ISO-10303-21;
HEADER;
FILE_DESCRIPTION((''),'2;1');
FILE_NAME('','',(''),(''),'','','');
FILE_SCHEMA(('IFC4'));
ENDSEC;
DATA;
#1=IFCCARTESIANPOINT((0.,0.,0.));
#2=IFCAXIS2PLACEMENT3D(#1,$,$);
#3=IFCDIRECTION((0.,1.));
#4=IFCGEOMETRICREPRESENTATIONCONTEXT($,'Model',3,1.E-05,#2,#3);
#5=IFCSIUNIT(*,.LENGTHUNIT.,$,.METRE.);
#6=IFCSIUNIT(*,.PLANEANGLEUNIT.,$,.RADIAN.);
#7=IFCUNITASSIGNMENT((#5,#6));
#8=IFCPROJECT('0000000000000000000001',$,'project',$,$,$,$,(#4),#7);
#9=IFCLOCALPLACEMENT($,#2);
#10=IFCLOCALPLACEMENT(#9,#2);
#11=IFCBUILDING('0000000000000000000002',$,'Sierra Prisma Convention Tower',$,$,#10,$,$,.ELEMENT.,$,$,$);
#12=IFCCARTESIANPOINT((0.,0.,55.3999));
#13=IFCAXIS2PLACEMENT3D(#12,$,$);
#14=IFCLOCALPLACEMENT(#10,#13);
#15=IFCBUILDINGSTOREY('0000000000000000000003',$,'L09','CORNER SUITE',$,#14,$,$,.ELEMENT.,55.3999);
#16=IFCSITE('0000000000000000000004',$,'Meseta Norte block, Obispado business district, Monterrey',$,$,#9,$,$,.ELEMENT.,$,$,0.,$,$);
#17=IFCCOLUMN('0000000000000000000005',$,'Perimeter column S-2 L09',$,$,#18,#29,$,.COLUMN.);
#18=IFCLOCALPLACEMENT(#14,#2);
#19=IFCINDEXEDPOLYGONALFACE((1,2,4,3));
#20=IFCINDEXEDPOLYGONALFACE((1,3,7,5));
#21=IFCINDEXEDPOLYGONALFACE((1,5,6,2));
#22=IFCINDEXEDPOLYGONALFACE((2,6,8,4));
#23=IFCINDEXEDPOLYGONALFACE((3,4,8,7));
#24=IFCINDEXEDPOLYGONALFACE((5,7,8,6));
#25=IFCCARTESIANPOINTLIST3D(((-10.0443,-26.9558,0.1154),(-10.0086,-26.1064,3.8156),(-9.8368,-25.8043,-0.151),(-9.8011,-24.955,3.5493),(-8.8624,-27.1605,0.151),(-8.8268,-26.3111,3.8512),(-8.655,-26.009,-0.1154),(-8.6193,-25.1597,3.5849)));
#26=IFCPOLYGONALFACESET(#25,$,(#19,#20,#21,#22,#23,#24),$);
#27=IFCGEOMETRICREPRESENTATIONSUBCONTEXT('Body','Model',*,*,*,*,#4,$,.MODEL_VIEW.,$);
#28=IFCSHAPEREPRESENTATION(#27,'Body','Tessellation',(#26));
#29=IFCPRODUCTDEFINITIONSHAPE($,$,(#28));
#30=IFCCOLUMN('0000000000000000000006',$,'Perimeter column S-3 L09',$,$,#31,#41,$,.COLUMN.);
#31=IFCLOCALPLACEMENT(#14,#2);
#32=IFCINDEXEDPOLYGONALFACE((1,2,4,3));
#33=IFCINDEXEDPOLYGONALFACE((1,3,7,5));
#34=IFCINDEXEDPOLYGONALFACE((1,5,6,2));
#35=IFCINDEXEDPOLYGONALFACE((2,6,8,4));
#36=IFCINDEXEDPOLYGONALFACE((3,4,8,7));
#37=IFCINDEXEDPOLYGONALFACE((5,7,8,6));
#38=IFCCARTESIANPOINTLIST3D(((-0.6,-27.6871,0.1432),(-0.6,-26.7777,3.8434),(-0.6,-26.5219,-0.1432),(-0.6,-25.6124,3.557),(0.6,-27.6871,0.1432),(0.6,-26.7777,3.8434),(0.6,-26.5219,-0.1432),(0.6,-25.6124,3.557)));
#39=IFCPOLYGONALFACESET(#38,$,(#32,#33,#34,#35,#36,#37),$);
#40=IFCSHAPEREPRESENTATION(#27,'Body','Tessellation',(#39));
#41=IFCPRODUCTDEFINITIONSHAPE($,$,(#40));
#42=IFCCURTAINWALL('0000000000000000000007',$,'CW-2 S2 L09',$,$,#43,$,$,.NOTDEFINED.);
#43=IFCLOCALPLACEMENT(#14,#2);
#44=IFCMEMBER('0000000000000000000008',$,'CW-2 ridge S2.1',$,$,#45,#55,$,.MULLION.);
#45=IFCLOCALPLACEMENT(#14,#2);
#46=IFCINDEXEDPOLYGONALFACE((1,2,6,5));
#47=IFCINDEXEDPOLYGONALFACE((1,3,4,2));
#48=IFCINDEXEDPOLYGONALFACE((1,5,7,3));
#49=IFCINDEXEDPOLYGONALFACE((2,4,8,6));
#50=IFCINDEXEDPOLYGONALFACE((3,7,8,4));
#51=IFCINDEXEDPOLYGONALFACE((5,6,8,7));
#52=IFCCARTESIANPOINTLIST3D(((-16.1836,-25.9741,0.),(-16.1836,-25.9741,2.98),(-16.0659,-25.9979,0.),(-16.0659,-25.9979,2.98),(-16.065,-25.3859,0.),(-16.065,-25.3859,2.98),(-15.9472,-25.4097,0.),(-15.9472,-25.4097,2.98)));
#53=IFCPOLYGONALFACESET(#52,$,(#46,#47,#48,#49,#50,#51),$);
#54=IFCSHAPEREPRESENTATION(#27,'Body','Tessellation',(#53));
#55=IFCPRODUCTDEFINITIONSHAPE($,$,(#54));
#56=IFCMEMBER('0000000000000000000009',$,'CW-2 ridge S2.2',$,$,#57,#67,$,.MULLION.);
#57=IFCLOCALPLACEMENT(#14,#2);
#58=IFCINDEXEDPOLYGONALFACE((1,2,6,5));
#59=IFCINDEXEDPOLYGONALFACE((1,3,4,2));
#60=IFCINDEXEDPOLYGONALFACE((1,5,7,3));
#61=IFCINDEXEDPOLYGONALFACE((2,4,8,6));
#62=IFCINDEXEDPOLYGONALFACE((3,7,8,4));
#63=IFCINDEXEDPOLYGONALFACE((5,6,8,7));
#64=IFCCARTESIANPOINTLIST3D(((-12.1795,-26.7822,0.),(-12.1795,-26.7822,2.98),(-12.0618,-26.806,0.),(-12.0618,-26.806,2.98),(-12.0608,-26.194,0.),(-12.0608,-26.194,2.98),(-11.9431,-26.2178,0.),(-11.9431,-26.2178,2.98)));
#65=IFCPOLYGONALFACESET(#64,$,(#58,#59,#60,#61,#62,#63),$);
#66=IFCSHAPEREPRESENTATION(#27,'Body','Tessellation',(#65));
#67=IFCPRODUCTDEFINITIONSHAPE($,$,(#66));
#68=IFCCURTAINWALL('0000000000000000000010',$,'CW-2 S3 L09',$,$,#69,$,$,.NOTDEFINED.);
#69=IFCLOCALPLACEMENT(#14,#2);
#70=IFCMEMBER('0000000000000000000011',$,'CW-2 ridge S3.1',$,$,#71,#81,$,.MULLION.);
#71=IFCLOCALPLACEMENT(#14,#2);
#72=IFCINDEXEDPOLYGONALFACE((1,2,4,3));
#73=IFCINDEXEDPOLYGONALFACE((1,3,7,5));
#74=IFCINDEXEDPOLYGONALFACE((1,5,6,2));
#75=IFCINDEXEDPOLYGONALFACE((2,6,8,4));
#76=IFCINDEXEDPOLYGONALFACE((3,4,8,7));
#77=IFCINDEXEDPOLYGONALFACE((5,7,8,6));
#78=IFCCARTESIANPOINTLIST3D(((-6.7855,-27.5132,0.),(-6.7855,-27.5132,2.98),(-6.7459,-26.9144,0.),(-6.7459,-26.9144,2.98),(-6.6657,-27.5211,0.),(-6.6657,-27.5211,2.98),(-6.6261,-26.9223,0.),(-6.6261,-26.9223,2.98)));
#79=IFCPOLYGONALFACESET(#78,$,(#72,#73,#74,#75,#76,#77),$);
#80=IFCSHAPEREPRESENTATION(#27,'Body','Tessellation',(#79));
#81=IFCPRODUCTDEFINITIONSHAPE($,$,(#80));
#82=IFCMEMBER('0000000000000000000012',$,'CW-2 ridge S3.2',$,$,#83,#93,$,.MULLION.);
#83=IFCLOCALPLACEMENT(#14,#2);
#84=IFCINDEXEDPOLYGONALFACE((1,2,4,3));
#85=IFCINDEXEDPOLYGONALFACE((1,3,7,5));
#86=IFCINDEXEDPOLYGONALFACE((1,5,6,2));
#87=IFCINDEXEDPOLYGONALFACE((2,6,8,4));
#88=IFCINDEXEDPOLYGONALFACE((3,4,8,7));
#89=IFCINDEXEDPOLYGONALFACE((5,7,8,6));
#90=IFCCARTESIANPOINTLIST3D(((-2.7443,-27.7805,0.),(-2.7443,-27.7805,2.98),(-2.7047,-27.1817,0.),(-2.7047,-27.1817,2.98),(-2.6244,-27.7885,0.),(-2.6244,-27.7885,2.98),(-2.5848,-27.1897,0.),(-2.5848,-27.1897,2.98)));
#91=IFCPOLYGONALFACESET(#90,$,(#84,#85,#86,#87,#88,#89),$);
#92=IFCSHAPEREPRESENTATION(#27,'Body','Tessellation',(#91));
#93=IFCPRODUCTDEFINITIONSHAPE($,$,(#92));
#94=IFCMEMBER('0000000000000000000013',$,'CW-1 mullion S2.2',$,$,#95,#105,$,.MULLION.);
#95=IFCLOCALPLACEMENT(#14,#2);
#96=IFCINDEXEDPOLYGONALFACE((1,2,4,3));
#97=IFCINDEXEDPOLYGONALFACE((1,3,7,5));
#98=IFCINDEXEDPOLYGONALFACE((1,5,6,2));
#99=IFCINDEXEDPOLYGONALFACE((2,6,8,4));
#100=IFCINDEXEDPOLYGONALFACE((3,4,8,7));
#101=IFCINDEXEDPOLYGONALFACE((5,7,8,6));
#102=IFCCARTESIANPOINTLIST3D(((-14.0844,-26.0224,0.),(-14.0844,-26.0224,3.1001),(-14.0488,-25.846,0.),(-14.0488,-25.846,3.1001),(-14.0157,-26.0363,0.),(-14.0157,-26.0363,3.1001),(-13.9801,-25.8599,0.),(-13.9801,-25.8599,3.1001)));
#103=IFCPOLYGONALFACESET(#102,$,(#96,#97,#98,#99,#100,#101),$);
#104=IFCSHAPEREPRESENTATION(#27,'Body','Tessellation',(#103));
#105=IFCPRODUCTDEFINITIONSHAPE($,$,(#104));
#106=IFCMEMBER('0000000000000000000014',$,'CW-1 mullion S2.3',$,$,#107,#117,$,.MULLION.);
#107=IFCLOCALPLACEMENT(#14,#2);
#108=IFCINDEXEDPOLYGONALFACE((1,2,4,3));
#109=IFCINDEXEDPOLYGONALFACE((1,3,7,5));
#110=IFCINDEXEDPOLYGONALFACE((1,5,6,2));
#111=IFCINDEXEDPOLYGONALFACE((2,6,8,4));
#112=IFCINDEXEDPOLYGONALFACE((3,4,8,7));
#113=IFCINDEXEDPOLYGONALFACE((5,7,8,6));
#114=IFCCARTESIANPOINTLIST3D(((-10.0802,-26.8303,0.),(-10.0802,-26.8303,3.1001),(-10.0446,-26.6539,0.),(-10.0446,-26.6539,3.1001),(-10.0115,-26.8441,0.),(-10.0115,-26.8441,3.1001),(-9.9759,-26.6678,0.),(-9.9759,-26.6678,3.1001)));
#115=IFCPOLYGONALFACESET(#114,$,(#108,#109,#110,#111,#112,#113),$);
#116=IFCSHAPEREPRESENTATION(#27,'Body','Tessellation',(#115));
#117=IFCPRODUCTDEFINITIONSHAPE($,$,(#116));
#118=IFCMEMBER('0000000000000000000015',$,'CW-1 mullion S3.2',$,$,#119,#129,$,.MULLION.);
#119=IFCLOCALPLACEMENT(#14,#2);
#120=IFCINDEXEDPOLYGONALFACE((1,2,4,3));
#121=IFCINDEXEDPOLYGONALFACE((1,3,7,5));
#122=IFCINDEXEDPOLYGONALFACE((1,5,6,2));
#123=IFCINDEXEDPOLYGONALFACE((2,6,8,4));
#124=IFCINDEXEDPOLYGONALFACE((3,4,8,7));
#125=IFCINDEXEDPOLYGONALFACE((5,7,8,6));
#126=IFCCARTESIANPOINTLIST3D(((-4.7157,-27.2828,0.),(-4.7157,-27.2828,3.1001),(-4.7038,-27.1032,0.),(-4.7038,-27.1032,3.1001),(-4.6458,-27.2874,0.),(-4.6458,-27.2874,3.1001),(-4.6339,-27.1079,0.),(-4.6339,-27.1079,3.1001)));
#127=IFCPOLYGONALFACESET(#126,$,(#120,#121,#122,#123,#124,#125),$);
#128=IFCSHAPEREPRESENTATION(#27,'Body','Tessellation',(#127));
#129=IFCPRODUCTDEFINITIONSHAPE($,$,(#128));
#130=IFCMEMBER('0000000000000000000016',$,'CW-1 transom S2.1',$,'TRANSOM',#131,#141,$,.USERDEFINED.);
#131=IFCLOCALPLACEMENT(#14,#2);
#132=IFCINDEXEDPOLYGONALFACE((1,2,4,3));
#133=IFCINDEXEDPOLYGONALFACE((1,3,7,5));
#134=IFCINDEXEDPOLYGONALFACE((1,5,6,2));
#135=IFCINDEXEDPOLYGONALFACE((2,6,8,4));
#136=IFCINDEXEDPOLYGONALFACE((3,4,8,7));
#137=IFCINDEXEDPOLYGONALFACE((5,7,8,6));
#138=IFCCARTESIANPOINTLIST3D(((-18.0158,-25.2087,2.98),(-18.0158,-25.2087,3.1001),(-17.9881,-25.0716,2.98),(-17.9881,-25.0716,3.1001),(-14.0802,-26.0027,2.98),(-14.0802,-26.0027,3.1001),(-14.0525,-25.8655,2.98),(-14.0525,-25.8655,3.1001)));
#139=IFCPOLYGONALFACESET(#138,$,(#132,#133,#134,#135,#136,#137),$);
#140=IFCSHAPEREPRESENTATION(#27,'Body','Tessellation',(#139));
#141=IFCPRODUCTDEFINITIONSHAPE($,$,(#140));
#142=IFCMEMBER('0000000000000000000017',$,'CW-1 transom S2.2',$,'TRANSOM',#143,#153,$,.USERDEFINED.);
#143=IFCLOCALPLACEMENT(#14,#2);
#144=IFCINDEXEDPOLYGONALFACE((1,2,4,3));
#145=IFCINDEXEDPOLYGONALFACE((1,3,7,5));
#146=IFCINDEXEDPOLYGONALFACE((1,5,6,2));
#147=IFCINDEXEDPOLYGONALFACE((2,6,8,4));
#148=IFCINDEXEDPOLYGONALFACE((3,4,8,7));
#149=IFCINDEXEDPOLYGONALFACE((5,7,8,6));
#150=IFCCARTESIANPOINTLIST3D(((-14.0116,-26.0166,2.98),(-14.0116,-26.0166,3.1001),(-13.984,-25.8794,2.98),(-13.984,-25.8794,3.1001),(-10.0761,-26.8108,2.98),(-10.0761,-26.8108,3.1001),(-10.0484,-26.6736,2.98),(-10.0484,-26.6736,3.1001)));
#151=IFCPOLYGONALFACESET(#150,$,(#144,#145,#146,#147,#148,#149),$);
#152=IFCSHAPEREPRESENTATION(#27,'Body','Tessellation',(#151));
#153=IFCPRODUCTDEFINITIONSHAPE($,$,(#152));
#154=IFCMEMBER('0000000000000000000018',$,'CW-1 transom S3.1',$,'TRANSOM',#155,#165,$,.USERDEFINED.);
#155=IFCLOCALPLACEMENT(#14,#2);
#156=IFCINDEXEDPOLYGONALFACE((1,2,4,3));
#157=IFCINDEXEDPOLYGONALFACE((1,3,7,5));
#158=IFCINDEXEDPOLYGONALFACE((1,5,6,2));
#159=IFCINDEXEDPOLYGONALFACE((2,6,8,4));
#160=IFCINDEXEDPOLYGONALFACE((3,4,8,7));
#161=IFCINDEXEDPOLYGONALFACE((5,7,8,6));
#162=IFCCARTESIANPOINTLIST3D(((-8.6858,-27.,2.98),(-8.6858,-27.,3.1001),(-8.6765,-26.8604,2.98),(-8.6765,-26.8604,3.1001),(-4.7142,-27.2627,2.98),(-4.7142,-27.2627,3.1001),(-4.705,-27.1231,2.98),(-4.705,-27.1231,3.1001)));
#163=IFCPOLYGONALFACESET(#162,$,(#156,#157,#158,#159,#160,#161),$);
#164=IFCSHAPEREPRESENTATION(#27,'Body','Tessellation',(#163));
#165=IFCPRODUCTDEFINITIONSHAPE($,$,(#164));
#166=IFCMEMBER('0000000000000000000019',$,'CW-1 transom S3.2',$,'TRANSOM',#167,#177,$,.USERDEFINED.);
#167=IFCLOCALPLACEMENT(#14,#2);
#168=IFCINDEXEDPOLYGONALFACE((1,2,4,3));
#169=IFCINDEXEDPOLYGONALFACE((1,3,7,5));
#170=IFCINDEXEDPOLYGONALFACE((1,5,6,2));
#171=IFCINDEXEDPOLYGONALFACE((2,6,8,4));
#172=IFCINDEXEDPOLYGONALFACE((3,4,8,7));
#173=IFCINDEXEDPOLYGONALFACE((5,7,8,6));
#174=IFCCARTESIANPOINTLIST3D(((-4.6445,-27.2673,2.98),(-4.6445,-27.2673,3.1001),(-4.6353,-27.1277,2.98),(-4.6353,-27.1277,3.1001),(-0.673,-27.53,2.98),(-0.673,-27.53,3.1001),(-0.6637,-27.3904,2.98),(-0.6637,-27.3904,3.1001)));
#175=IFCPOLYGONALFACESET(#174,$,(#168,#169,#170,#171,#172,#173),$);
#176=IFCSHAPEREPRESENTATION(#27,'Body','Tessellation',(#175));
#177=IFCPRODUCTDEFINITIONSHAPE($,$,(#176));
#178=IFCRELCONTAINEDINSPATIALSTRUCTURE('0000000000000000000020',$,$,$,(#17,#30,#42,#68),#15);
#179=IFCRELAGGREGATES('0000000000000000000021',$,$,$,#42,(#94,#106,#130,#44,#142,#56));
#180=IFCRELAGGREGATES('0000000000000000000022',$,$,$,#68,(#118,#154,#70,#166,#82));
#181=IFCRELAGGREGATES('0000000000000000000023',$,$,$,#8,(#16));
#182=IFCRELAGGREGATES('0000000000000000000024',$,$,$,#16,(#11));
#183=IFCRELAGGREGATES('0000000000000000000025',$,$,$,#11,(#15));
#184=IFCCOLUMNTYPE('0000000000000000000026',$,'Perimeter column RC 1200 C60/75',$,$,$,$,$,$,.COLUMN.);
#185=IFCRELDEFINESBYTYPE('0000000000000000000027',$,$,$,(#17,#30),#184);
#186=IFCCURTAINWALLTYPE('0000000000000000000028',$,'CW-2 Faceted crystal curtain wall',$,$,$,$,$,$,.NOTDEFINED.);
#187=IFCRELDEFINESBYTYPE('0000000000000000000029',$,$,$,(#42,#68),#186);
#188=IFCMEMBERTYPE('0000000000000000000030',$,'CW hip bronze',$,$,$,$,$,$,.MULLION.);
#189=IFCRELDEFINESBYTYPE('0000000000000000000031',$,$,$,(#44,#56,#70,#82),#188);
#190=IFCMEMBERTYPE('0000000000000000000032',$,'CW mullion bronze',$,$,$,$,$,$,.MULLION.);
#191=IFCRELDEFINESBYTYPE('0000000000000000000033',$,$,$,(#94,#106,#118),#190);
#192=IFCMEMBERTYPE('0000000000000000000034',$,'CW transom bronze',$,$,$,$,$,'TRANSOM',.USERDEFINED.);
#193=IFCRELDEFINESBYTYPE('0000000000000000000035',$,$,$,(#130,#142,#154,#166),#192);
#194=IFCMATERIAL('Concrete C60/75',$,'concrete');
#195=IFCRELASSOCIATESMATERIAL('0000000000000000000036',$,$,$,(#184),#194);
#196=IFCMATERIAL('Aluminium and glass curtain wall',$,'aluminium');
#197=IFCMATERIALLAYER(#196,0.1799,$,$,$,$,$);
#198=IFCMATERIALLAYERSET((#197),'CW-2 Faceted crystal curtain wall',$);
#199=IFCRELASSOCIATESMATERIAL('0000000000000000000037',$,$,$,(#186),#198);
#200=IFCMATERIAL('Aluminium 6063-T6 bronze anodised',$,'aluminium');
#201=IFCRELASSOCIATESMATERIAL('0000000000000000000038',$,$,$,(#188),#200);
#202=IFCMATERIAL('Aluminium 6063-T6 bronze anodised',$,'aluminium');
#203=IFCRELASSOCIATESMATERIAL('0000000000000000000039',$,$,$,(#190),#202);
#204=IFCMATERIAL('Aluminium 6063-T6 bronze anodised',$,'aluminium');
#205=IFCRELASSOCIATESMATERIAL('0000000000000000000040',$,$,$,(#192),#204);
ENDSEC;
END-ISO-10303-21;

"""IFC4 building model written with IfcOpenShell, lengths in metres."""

from ifc_helpers import new_model, si_unit, direction, frame, origin, origin_2d, place, context, subcontext, project, spatial, rectangle, extrude, material, layer, layer_set, material_profile, profile_set, type_object, element, aggregate, save


model = new_model("IFC4")

# Units and contexts
model_context = context("Model", 3, precision=1e-05, world=origin(), true_north=direction((0.0, 1.0)))
body_context = subcontext(model_context, "Body", "Model", "MODEL_VIEW")
ifc_project = project(units=[si_unit("LENGTHUNIT", "METRE"), si_unit("PLANEANGLEUNIT", "RADIAN")], contexts=[model_context])

# Site, building, storey
site_placement = place(None, origin())
site = spatial("IfcSite", under=ifc_project, at=site_placement, Name="Meseta Norte block, Obispado business district, Monterrey", CompositionType="ELEMENT", RefElevation=0.0)
building_placement = place(site_placement, origin())
building = spatial("IfcBuilding", under=site, at=building_placement, Name="Sierra Prisma Convention Tower", CompositionType="ELEMENT")
storey_placement = place(building_placement, frame((0.0, 0.0, 55.3999)))
storey = spatial("IfcBuildingStorey", under=building, at=storey_placement, Name="L09", Description="CORNER SUITE", CompositionType="ELEMENT", Elevation=55.3999)

# Columns
ifc_material_1 = material(Name="Concrete C60/75", Category="concrete")
ifc_material_profile_1 = material_profile(ifc_material_1, rectangle(XDim=1.2, YDim=1.2, at=origin_2d()), Name="Perimeter column RC 1200 C60/75")
ifc_profile_set_1 = profile_set([ifc_material_profile_1], Name="Concrete C60/75")
column_type = type_object("IfcColumnType", Name="Perimeter column RC 1200 C60/75", PredefinedType="COLUMN", material=ifc_profile_set_1)
column_1_placement = place(storey_placement, frame((-9.3496, -26.4824, 0.0), z_axis=(0.009389, 0.223718, 0.974609), x_axis=(0.984896, -0.170584, 0.029669)))
element("IfcColumn", 1, at=column_1_placement, inside=storey, type_object=column_type, Name="Perimeter column S-2 L09", PredefinedType="COLUMN", context=body_context, shape_type="SweptSolid", body=[
    extrude(rectangle(XDim=1.2, YDim=1.2, at=origin_2d()), origin(), (0.0, 0.0, 1.0), 3.7966),
])
column_2_placement = place(storey_placement, frame((0.0, -27.1045, 0.0), z_axis=(0.0, 0.238674, 0.9711), x_axis=(-1.0, 0.0, 0.0)))
element("IfcColumn", 2, at=column_2_placement, inside=storey, type_object=column_type, Name="Perimeter column S-3 L09", PredefinedType="COLUMN", context=body_context, shape_type="SweptSolid", body=[
    extrude(rectangle(XDim=1.2, YDim=1.2, at=origin_2d()), origin(), (0.0, 0.0, 1.0), 3.8103),
])

# Curtain walls, members
ifc_material_2 = material(Name="Aluminium and glass curtain wall", Category="aluminium")
ifc_layer_1 = layer(ifc_material_2, 0.1799)
ifc_layer_set_1 = layer_set([ifc_layer_1], Name="CW-2 Faceted crystal curtain wall")
curtain_wall_type = type_object("IfcCurtainWallType", Name="CW-2 Faceted crystal curtain wall", PredefinedType="NOTDEFINED", material=ifc_layer_set_1)
curtain_wall_1_placement = place(storey_placement, origin())
curtain_wall_1 = element("IfcCurtainWall", 3, at=curtain_wall_1_placement, inside=storey, type_object=curtain_wall_type, Name="CW-2 S2 L09", PredefinedType="NOTDEFINED")
ifc_material_3 = material(Name="Aluminium 6063-T6 bronze anodised", Category="aluminium")
ifc_material_profile_2 = material_profile(ifc_material_3, rectangle(XDim=0.1201, YDim=0.6001, at=origin_2d()), Name="ALU RIDGE BLADE 120x600")
ifc_profile_set_2 = profile_set([ifc_material_profile_2], Name="Aluminium 6063-T6 bronze anodised")
member_type_1 = type_object("IfcMemberType", Name="CW hip bronze", PredefinedType="MULLION", material=ifc_profile_set_2)
member_1_placement = place(storey_placement, frame((-16.0654, -25.6919, 0.0), z_axis=(0.0, 0.0, 1.0), x_axis=(0.980244, -0.197791, 0.0)))
member_1 = element("IfcMember", 4, at=member_1_placement, type_object=member_type_1, Name="CW-2 ridge S2.1", PredefinedType="MULLION", context=body_context, shape_type="SweptSolid", body=[
    extrude(rectangle(XDim=0.1201, YDim=0.6001, at=origin_2d()), origin(), (0.0, 0.0, 1.0), 2.98),
])
member_2_placement = place(storey_placement, frame((-12.0613, -26.5, 0.0), z_axis=(0.0, 0.0, 1.0), x_axis=(0.980244, -0.197791, 0.0)))
member_2 = element("IfcMember", 5, at=member_2_placement, type_object=member_type_1, Name="CW-2 ridge S2.2", PredefinedType="MULLION", context=body_context, shape_type="SweptSolid", body=[
    extrude(rectangle(XDim=0.1201, YDim=0.6001, at=origin_2d()), origin(), (0.0, 0.0, 1.0), 2.98),
])
curtain_wall_2_placement = place(storey_placement, origin())
curtain_wall_2 = element("IfcCurtainWall", 6, at=curtain_wall_2_placement, inside=storey, type_object=curtain_wall_type, Name="CW-2 S3 L09", PredefinedType="NOTDEFINED")
member_3_placement = place(storey_placement, frame((-6.7058, -27.2178, 0.0), z_axis=(0.0, 0.0, 1.0), x_axis=(0.997818, -0.066022, 0.0)))
member_3 = element("IfcMember", 7, at=member_3_placement, type_object=member_type_1, Name="CW-2 ridge S3.1", PredefinedType="MULLION", context=body_context, shape_type="SweptSolid", body=[
    extrude(rectangle(XDim=0.1201, YDim=0.6001, at=origin_2d()), origin(), (0.0, 0.0, 1.0), 2.98),
])
member_4_placement = place(storey_placement, frame((-2.6646, -27.4851, 0.0), z_axis=(0.0, 0.0, 1.0), x_axis=(0.997818, -0.066022, 0.0)))
member_4 = element("IfcMember", 8, at=member_4_placement, type_object=member_type_1, Name="CW-2 ridge S3.2", PredefinedType="MULLION", context=body_context, shape_type="SweptSolid", body=[
    extrude(rectangle(XDim=0.1201, YDim=0.6001, at=origin_2d()), origin(), (0.0, 0.0, 1.0), 2.98),
])

# Members
ifc_material_4 = material(Name="Aluminium 6063-T6 bronze anodised", Category="aluminium")
ifc_material_profile_3 = material_profile(ifc_material_4, rectangle(XDim=0.1799, YDim=0.0701, at=origin_2d()), Name="ALU MULLION 70x180")
ifc_profile_set_3 = profile_set([ifc_material_profile_3], Name="Aluminium 6063-T6 bronze anodised")
member_type_2 = type_object("IfcMemberType", Name="CW mullion bronze", PredefinedType="MULLION", material=ifc_profile_set_3)
member_5_placement = place(storey_placement, frame((-14.0322, -25.9412, 0.0), z_axis=(0.0, 0.0, 1.0), x_axis=(0.197791, 0.980244, 0.0)))
member_5 = element("IfcMember", 9, at=member_5_placement, type_object=member_type_2, Name="CW-1 mullion S2.2", PredefinedType="MULLION", context=body_context, shape_type="SweptSolid", body=[
    extrude(rectangle(XDim=0.1799, YDim=0.0701, at=origin_2d()), origin(), (0.0, 0.0, 1.0), 3.1001),
])
member_6_placement = place(storey_placement, frame((-10.0281, -26.749, 0.0), z_axis=(0.0, 0.0, 1.0), x_axis=(0.197791, 0.980244, 0.0)))
member_6 = element("IfcMember", 10, at=member_6_placement, type_object=member_type_2, Name="CW-1 mullion S2.3", PredefinedType="MULLION", context=body_context, shape_type="SweptSolid", body=[
    extrude(rectangle(XDim=0.1799, YDim=0.0701, at=origin_2d()), origin(), (0.0, 0.0, 1.0), 3.1001),
])
member_7_placement = place(storey_placement, frame((-4.6748, -27.1953, 0.0), z_axis=(0.0, 0.0, 1.0), x_axis=(0.066022, 0.997818, 0.0)))
member_7 = element("IfcMember", 11, at=member_7_placement, type_object=member_type_2, Name="CW-1 mullion S3.2", PredefinedType="MULLION", context=body_context, shape_type="SweptSolid", body=[
    extrude(rectangle(XDim=0.1799, YDim=0.0701, at=origin_2d()), origin(), (0.0, 0.0, 1.0), 3.1001),
])
ifc_material_5 = material(Name="Aluminium 6063-T6 bronze anodised", Category="aluminium")
ifc_material_profile_4 = material_profile(ifc_material_5, rectangle(XDim=0.1399, YDim=0.1201, at=origin_2d()), Name="ALU TRANSOM 120x140")
ifc_profile_set_4 = profile_set([ifc_material_profile_4], Name="Aluminium 6063-T6 bronze anodised")
member_type_3 = type_object("IfcMemberType", Name="CW transom bronze", ElementType="TRANSOM", PredefinedType="USERDEFINED", material=ifc_profile_set_4)
member_8_placement = place(storey_placement, frame((-18.002, -25.1401, 3.04), z_axis=(0.980252, -0.197753, 0.0), x_axis=(0.197753, 0.980252, 0.0)))
member_8 = element("IfcMember", 12, at=member_8_placement, type_object=member_type_3, Name="CW-1 transom S2.1", ObjectType="TRANSOM", PredefinedType="USERDEFINED", context=body_context, shape_type="SweptSolid", body=[
    extrude(rectangle(XDim=0.1399, YDim=0.1201, at=origin_2d()), origin(), (0.0, 0.0, 1.0), 4.0149),
])
member_9_placement = place(storey_placement, frame((-13.9978, -25.948, 3.04), z_axis=(0.98024, -0.197811, 0.0), x_axis=(0.197811, 0.98024, 0.0)))
member_9 = element("IfcMember", 13, at=member_9_placement, type_object=member_type_3, Name="CW-1 transom S2.2", ObjectType="TRANSOM", PredefinedType="USERDEFINED", context=body_context, shape_type="SweptSolid", body=[
    extrude(rectangle(XDim=0.1399, YDim=0.1201, at=origin_2d()), origin(), (0.0, 0.0, 1.0), 4.0149),
])
member_10_placement = place(storey_placement, frame((-8.6812, -26.9302, 3.04), z_axis=(0.997819, -0.066002, 0.0), x_axis=(0.066002, 0.997819, 0.0)))
member_10 = element("IfcMember", 14, at=member_10_placement, type_object=member_type_3, Name="CW-1 transom S3.1", ObjectType="TRANSOM", PredefinedType="USERDEFINED", context=body_context, shape_type="SweptSolid", body=[
    extrude(rectangle(XDim=0.1399, YDim=0.1201, at=origin_2d()), origin(), (0.0, 0.0, 1.0), 3.9802),
])
member_11_placement = place(storey_placement, frame((-4.6399, -27.1975, 3.04), z_axis=(0.997819, -0.066002, 0.0), x_axis=(0.066002, 0.997819, 0.0)))
member_11 = element("IfcMember", 15, at=member_11_placement, type_object=member_type_3, Name="CW-1 transom S3.2", ObjectType="TRANSOM", PredefinedType="USERDEFINED", context=body_context, shape_type="SweptSolid", body=[
    extrude(rectangle(XDim=0.1399, YDim=0.1201, at=origin_2d()), origin(), (0.0, 0.0, 1.0), 3.9802),
])

aggregate(curtain_wall_1, [member_5, member_6, member_8, member_1, member_9, member_2])
aggregate(curtain_wall_2, [member_7, member_10, member_3, member_11, member_4])

save(model, "model.ifc")
